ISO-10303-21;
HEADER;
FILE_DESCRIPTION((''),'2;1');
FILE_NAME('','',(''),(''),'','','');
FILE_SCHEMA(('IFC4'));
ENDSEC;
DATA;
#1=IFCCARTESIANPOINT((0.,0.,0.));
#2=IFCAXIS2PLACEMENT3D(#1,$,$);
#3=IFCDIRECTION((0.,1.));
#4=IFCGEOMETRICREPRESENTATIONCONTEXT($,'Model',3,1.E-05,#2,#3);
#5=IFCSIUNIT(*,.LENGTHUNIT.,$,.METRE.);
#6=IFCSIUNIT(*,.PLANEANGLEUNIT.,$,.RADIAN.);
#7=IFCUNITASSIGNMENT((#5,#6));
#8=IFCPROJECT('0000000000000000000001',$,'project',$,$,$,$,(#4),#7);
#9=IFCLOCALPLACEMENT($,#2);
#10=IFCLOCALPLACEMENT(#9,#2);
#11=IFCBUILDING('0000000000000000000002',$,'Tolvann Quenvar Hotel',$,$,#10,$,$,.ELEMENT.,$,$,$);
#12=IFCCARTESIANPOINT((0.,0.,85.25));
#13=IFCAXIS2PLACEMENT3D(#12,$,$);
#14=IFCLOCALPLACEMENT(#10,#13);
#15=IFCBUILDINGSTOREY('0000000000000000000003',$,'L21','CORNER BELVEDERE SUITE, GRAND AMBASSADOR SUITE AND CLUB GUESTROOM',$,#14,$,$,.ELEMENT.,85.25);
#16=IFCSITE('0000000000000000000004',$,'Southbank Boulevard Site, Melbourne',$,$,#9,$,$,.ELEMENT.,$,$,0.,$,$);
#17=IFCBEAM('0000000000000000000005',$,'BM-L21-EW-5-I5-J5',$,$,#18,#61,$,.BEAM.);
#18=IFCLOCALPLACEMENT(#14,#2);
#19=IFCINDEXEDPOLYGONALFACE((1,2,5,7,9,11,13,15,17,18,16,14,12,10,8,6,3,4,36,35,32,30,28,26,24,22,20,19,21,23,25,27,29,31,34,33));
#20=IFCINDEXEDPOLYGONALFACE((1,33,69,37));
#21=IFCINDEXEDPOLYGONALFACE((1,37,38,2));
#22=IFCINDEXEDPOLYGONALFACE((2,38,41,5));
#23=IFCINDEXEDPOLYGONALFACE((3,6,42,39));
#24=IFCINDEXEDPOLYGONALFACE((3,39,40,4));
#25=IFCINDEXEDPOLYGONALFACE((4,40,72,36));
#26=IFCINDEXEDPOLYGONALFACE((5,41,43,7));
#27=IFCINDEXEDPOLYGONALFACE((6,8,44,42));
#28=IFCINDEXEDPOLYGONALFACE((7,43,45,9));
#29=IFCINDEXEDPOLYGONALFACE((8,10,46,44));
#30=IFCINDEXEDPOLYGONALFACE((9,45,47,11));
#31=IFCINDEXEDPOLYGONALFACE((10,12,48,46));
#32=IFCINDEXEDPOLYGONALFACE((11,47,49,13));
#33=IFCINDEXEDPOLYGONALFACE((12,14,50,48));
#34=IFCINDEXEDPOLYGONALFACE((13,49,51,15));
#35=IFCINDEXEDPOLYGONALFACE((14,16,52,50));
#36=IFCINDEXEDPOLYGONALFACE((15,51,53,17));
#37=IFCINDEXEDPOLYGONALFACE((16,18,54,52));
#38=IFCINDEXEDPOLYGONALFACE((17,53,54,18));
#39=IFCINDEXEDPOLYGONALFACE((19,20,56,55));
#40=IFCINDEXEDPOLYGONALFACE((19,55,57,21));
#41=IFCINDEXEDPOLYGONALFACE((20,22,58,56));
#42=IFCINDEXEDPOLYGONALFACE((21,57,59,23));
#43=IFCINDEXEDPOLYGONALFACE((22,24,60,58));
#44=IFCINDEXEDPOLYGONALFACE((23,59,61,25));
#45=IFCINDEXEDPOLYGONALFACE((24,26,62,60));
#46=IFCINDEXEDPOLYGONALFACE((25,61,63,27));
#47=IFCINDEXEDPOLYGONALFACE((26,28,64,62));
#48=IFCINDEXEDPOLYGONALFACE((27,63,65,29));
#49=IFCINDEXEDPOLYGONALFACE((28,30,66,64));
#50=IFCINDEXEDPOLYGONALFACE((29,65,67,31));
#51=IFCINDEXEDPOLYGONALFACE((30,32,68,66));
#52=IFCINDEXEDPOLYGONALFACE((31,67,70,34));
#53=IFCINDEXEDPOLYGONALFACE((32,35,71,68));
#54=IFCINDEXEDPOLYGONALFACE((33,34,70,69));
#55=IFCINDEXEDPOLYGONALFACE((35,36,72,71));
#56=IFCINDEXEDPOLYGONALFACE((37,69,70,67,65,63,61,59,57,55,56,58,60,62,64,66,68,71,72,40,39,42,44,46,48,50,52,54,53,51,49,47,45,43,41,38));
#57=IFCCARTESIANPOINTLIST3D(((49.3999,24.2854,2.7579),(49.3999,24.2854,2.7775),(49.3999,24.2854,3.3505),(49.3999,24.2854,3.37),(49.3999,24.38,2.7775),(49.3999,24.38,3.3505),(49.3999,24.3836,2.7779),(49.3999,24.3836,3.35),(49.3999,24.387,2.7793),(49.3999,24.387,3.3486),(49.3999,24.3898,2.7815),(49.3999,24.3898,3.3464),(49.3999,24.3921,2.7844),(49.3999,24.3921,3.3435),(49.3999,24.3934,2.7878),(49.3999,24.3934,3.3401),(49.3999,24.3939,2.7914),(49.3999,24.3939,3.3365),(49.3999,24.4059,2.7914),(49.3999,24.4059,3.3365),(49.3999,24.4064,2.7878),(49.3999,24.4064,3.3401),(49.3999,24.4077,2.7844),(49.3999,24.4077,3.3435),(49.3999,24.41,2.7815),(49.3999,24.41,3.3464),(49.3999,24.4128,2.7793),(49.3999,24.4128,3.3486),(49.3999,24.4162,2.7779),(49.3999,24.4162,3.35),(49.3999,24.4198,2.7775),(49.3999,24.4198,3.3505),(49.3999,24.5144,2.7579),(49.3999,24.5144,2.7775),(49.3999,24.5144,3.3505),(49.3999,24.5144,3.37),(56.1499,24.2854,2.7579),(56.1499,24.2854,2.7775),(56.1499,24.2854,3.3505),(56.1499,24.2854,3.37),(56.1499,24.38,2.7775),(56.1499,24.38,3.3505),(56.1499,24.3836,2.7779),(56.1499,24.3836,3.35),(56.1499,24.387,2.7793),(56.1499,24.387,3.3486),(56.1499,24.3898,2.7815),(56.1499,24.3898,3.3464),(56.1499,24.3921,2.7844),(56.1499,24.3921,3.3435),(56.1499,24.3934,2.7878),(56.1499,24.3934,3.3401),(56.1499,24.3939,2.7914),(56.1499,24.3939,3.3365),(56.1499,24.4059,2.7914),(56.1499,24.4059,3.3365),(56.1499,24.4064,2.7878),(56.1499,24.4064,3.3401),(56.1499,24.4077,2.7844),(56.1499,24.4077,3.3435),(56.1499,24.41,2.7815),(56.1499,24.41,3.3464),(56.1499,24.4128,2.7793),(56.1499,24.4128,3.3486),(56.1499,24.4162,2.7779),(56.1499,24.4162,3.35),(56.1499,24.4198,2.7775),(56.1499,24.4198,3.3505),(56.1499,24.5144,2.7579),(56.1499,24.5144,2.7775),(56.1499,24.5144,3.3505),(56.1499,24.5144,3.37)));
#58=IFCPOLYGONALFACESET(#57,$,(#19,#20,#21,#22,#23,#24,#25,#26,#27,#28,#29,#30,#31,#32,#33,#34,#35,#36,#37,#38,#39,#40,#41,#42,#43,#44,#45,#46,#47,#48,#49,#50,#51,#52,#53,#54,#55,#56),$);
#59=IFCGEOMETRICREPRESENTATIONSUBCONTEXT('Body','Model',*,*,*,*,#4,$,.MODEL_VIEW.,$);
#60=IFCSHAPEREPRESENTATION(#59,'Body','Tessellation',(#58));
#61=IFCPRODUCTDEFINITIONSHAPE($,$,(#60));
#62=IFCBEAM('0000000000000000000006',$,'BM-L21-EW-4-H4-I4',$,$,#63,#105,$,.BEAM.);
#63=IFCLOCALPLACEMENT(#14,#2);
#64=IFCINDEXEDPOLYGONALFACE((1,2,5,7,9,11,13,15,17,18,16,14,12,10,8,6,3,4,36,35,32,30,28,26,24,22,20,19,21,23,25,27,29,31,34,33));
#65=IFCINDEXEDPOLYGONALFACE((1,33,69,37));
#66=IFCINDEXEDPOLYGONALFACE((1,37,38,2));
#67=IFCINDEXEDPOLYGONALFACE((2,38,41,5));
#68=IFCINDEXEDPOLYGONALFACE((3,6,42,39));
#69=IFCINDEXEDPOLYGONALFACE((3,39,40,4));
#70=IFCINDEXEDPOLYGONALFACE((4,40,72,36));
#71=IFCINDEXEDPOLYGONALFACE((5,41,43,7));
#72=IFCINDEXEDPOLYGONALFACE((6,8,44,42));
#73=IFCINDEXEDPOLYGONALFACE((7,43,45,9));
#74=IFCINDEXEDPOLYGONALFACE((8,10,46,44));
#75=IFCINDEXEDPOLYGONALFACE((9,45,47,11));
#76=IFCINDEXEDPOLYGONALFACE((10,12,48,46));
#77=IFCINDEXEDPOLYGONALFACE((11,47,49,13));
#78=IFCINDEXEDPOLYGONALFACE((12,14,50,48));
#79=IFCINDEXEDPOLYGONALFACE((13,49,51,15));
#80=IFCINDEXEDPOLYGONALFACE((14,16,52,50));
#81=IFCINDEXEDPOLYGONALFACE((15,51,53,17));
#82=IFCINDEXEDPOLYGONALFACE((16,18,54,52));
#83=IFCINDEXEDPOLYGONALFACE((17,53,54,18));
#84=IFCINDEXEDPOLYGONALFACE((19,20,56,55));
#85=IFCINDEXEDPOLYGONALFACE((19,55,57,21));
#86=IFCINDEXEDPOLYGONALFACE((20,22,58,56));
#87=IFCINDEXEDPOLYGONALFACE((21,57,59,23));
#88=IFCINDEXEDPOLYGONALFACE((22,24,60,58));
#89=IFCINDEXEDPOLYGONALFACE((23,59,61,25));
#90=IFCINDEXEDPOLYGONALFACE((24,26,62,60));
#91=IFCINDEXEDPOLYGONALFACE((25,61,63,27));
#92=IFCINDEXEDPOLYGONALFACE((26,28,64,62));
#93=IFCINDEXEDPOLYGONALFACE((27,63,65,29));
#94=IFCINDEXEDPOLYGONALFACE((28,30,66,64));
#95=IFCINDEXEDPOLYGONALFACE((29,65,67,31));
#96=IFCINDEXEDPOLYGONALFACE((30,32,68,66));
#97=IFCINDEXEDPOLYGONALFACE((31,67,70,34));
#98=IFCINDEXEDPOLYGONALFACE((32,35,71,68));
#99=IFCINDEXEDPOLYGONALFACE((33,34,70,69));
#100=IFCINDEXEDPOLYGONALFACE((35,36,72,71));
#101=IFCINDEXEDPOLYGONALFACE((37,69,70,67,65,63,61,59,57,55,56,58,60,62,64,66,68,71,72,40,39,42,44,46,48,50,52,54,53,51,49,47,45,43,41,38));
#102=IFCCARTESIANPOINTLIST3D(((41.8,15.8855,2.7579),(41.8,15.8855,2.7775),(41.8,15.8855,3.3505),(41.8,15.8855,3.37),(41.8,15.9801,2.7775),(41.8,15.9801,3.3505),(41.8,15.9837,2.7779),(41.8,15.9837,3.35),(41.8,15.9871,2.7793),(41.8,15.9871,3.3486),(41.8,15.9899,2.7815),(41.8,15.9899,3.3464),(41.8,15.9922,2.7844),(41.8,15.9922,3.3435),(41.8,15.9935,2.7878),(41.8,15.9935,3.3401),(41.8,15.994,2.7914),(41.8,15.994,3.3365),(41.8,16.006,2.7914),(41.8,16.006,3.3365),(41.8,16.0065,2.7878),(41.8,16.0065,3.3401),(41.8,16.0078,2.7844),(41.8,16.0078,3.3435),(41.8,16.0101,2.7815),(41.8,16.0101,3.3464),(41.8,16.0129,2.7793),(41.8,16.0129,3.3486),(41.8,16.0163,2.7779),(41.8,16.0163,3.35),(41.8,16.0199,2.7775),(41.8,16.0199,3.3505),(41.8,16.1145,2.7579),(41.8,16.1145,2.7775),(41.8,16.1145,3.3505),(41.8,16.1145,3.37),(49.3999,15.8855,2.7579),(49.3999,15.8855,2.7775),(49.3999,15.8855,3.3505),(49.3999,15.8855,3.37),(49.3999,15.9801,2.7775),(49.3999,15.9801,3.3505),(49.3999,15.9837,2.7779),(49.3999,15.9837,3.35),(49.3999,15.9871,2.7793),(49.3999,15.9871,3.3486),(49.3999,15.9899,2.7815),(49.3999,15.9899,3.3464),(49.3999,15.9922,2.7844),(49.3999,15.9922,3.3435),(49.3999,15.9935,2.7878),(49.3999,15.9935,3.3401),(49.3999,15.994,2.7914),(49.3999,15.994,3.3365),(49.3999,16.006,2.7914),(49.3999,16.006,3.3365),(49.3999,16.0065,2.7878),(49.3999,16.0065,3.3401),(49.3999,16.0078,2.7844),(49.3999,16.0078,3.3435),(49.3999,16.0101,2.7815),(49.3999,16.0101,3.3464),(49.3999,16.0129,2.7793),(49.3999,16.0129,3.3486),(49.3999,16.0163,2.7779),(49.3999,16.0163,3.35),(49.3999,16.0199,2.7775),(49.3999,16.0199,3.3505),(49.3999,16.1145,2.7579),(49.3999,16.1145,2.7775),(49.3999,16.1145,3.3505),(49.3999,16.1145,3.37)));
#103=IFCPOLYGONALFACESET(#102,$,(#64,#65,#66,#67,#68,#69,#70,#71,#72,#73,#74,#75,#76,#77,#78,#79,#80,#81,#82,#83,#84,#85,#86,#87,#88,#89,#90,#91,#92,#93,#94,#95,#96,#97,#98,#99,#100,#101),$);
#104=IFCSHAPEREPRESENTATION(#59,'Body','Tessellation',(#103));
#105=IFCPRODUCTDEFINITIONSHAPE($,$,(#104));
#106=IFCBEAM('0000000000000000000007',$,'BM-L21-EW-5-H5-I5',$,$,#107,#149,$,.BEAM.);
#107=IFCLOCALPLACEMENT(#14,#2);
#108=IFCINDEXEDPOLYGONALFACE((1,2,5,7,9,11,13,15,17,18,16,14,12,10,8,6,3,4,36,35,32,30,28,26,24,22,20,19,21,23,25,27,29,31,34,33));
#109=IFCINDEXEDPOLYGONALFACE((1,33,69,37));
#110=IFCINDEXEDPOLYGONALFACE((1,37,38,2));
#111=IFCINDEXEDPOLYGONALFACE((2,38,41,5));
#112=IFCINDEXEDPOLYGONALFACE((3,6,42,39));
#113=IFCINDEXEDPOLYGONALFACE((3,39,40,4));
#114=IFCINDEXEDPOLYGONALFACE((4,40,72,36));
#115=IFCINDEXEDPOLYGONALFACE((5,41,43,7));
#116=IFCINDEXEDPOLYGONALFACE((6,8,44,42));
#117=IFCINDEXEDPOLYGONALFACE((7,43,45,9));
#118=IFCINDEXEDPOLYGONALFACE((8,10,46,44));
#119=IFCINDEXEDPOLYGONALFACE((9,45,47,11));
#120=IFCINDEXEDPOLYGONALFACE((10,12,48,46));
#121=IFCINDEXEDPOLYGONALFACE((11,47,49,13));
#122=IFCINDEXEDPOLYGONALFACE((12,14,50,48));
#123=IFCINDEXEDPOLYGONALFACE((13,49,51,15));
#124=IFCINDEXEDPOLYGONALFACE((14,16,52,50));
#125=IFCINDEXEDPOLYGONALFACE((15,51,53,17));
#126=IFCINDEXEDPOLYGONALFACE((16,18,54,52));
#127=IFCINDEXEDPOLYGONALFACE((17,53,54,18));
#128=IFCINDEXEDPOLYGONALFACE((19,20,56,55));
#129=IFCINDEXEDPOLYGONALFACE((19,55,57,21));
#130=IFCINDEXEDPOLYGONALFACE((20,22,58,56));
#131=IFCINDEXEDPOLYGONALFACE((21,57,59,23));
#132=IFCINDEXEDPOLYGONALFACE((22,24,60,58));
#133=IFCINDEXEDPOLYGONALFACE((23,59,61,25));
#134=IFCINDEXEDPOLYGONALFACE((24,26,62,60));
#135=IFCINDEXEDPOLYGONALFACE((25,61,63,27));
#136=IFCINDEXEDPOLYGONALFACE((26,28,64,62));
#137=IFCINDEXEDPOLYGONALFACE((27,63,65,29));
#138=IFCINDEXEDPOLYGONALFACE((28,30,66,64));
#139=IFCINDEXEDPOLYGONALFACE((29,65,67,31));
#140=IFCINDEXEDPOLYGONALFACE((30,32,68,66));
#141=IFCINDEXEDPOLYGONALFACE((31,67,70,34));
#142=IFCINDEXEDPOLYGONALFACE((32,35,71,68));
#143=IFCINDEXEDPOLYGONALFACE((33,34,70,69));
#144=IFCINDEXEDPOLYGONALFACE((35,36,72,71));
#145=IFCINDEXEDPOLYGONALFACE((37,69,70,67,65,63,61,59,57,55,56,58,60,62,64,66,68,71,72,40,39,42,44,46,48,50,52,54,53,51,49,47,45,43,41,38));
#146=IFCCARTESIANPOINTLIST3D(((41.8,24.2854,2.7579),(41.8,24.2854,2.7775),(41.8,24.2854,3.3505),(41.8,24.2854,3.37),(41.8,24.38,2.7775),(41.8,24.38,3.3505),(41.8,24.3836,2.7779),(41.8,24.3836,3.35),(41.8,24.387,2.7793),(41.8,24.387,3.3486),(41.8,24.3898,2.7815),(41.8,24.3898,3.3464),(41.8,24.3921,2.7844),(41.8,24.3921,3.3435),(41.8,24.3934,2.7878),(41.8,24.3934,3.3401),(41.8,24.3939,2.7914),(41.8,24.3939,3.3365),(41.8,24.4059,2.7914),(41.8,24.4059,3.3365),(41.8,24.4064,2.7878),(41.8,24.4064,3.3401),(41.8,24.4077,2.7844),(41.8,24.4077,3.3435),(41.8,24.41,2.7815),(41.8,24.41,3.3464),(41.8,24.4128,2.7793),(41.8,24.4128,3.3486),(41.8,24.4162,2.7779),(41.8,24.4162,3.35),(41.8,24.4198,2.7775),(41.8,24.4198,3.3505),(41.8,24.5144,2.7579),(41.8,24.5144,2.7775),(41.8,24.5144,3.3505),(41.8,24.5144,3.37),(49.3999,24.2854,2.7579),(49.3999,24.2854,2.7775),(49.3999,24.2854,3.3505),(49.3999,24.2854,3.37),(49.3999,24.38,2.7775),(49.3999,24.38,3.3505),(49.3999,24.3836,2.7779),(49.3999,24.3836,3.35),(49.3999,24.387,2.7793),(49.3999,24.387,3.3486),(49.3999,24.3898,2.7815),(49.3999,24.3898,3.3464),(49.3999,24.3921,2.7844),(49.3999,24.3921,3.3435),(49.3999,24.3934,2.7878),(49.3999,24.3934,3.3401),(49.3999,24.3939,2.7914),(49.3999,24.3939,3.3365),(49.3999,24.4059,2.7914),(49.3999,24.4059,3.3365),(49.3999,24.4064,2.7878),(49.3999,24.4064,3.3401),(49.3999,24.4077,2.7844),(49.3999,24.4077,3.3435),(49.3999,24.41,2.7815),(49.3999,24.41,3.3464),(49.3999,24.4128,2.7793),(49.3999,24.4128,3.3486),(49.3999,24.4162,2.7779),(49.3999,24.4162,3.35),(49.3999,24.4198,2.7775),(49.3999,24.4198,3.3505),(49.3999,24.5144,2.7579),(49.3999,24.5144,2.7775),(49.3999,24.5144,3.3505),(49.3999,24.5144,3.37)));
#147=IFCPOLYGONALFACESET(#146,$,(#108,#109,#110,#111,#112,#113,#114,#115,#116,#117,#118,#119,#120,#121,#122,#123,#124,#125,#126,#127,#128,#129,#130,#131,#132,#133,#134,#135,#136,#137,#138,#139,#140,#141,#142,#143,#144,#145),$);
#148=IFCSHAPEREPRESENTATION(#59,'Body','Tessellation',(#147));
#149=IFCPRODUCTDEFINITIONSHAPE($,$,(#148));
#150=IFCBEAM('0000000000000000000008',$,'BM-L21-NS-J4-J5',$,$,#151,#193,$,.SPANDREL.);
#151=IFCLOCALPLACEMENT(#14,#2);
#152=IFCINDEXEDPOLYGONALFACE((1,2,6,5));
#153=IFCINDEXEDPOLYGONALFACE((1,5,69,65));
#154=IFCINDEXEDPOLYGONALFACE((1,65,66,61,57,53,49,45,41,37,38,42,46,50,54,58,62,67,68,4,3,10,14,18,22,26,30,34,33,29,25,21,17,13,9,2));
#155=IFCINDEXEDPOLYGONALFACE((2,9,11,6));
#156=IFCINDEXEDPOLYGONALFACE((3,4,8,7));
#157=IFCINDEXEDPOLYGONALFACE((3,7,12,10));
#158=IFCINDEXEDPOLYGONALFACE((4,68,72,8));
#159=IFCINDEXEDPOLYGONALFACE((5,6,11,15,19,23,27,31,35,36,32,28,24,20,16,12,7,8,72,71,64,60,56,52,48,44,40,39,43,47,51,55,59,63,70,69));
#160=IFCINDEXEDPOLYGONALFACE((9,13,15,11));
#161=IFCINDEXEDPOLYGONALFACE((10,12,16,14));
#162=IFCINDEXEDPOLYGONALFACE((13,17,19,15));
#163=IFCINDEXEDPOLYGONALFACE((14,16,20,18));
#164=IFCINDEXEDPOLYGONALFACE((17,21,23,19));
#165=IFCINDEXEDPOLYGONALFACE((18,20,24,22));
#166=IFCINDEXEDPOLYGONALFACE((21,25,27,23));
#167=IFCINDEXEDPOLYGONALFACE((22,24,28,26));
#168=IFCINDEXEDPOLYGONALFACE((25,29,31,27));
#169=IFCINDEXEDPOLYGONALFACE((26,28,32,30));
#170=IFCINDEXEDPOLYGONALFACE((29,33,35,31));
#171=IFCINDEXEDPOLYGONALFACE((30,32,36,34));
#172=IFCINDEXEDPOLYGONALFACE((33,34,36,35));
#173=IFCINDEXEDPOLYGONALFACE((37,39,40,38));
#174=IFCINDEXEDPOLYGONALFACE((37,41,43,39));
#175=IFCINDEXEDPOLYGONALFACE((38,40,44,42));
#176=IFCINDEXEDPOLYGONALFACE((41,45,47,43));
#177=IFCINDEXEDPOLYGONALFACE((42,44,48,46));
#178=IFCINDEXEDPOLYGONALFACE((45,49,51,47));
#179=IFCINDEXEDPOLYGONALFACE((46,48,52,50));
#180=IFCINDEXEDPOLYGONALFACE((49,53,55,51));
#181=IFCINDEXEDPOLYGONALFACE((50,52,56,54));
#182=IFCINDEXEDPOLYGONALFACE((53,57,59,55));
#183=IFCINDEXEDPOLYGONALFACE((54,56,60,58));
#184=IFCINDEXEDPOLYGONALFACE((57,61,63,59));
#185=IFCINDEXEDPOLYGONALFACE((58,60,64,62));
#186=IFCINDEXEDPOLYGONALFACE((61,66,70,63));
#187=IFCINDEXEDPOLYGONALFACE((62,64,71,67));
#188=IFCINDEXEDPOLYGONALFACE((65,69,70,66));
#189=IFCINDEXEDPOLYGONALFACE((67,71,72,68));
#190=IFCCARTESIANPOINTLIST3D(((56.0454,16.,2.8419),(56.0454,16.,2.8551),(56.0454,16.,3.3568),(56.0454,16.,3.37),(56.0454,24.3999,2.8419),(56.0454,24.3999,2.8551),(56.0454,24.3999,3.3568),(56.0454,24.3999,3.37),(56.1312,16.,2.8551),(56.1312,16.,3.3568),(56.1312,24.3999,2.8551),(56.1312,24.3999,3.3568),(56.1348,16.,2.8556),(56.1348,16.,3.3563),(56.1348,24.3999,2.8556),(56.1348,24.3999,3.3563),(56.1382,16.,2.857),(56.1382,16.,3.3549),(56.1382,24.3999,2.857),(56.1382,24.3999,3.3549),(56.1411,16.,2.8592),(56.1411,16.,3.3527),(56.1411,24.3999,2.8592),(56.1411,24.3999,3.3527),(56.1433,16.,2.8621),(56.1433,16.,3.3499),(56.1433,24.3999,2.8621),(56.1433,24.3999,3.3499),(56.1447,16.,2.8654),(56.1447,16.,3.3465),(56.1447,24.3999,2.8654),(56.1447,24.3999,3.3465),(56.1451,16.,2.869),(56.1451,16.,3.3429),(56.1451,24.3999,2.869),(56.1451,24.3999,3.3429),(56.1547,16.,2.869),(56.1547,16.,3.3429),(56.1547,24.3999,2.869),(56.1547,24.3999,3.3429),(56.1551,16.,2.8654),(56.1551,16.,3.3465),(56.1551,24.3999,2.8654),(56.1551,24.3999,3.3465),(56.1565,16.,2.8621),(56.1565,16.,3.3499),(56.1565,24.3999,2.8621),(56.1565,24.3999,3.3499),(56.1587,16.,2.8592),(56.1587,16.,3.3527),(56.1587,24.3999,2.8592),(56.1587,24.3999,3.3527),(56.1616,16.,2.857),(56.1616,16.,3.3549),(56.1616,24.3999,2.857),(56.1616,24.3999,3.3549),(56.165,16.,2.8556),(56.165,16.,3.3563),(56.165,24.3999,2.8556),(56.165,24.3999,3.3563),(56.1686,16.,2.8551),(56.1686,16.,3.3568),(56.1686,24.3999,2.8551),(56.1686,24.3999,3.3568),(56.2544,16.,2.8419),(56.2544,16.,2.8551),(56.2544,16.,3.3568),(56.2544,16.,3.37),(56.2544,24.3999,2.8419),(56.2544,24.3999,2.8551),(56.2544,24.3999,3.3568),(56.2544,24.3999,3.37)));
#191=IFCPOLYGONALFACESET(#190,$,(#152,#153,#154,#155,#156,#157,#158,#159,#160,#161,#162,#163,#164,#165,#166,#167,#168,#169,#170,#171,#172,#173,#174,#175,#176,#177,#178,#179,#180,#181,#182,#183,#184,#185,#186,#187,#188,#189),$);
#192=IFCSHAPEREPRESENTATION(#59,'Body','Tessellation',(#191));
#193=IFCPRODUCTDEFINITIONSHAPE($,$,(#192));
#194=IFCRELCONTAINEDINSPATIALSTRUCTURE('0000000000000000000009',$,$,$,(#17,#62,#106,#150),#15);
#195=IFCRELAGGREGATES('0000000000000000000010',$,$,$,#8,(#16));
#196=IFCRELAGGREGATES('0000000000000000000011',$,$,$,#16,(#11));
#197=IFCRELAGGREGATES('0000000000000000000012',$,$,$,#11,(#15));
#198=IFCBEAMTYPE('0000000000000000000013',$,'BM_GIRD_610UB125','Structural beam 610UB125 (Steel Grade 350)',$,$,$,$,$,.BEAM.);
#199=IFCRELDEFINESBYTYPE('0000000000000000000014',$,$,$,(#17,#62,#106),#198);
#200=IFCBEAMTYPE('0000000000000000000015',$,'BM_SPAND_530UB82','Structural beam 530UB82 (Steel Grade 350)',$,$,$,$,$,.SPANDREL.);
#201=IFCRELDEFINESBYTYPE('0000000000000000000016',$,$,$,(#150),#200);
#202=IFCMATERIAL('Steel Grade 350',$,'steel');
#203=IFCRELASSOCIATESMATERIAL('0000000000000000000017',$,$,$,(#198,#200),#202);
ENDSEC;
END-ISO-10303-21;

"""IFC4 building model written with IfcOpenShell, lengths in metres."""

from ifc_helpers import new_model, si_unit, direction, frame, origin, origin_2d, place, context, subcontext, project, spatial, i_section, extrude, source, transform, mapped, material, material_profile, profile_set, type_object, type_shapes, element, save


model = new_model("IFC4")

# Units and contexts
model_context = context("Model", 3, precision=1e-05, world=origin(), true_north=direction((0.0, 1.0)))
body_context = subcontext(model_context, "Body", "Model", "MODEL_VIEW")
ifc_project = project(units=[si_unit("LENGTHUNIT", "METRE"), si_unit("PLANEANGLEUNIT", "RADIAN")], contexts=[model_context])

# Site, building, storey
site_placement = place(None, origin())
site = spatial("IfcSite", under=ifc_project, at=site_placement, Name="Southbank Boulevard Site, Melbourne", CompositionType="ELEMENT", RefElevation=0.0)
building_placement = place(site_placement, origin())
building = spatial("IfcBuilding", under=site, at=building_placement, Name="Tolvann Quenvar Hotel", CompositionType="ELEMENT")
storey_placement = place(building_placement, frame((0.0, 0.0, 85.25)))
storey = spatial("IfcBuildingStorey", under=building, at=storey_placement, Name="L21", Description="CORNER BELVEDERE SUITE, GRAND AMBASSADOR SUITE AND CLUB GUESTROOM", CompositionType="ELEMENT", Elevation=85.25)

# Shared definitions
ifc_material_1 = material(Name="Steel Grade 350", Category="steel")

# Beams
ifc_material_profile_1 = material_profile(ifc_material_1, i_section(OverallWidth=0.229, OverallDepth=0.6121, WebThickness=0.012, FlangeThickness=0.0195, FilletRadius=0.0139, at=origin_2d()), Name="610UB125")
ifc_profile_set_1 = profile_set([ifc_material_profile_1], Name="Steel Grade 350")
beam_type_1 = type_object("IfcBeamType", Name="BM_GIRD_610UB125", Description="Structural beam 610UB125 (Steel Grade 350)", PredefinedType="BEAM", material=ifc_profile_set_1)
shared_shape_1 = source(origin(), body_context, "Body", "SweptSolid", [
    extrude(i_section(OverallWidth=0.229, OverallDepth=0.6121, WebThickness=0.012, FlangeThickness=0.0195, FilletRadius=0.0139, at=origin_2d()), origin(), (0.0, 0.0, 1.0), 6.75),
])
for number, where, z_axis, x_axis, name in (
    (1, (49.3999, 24.3999, 3.064), (1.0, 0.0, 0.0), (0.0, 1.0, 0.0), "BM-L21-EW-5-I5-J5"),
):
    element("IfcBeam", number, at=place(storey_placement, frame(where, z_axis=z_axis, x_axis=x_axis)), inside=storey, type_object=beam_type_1, Name=name, PredefinedType="BEAM", context=body_context, shape_type="MappedRepresentation", body=[
        mapped(shared_shape_1, transform((0.0, 0.0, 0.0), x_axis=(1.0, 0.0, 0.0), y_axis=(0.0, 1.0, 0.0), z_axis=(0.0, 0.0, 1.0), scale=1.0)),
    ])
shared_shape_2 = source(origin(), body_context, "Body", "SweptSolid", [
    extrude(i_section(OverallWidth=0.229, OverallDepth=0.6121, WebThickness=0.012, FlangeThickness=0.0195, FilletRadius=0.0139, at=origin_2d()), origin(), (0.0, 0.0, 1.0), 7.5999),
])
type_shapes(beam_type_1, [shared_shape_1, shared_shape_2])
for number, where, z_axis, x_axis, name in (
    (2, (41.8, 16.0, 3.064), (1.0, 0.0, 0.0), (0.0, 1.0, 0.0), "BM-L21-EW-4-H4-I4"),
    (3, (41.8, 24.3999, 3.064), (1.0, 0.0, 0.0), (0.0, 1.0, 0.0), "BM-L21-EW-5-H5-I5"),
):
    element("IfcBeam", number, at=place(storey_placement, frame(where, z_axis=z_axis, x_axis=x_axis)), inside=storey, type_object=beam_type_1, Name=name, PredefinedType="BEAM", context=body_context, shape_type="MappedRepresentation", body=[
        mapped(shared_shape_2, transform((0.0, 0.0, 0.0), x_axis=(1.0, 0.0, 0.0), y_axis=(0.0, 1.0, 0.0), z_axis=(0.0, 0.0, 1.0), scale=1.0)),
    ])
ifc_material_profile_2 = material_profile(ifc_material_1, i_section(OverallWidth=0.209, OverallDepth=0.5281, WebThickness=0.0095, FlangeThickness=0.0132, FilletRadius=0.0139, at=origin_2d()), Name="530UB82")
ifc_profile_set_2 = profile_set([ifc_material_profile_2], Name="Steel Grade 350")
beam_type_2 = type_object("IfcBeamType", Name="BM_SPAND_530UB82", Description="Structural beam 530UB82 (Steel Grade 350)", PredefinedType="SPANDREL", material=ifc_profile_set_2)
shared_shape_3 = source(origin(), body_context, "Body", "SweptSolid", [
    extrude(i_section(OverallWidth=0.209, OverallDepth=0.5281, WebThickness=0.0095, FlangeThickness=0.0132, FilletRadius=0.0139, at=origin_2d()), origin(), (0.0, 0.0, 1.0), 8.3999),
])
type_shapes(beam_type_2, [shared_shape_3])
beam_1_placement = place(storey_placement, frame((56.1499, 16.0, 3.106), z_axis=(0.0, 1.0, 0.0), x_axis=(-1.0, 0.0, 0.0)))
element("IfcBeam", 4, at=beam_1_placement, inside=storey, type_object=beam_type_2, Name="BM-L21-NS-J4-J5", PredefinedType="SPANDREL", context=body_context, shape_type="MappedRepresentation", body=[
    mapped(shared_shape_3, transform((0.0, 0.0, 0.0), x_axis=(1.0, 0.0, 0.0), y_axis=(0.0, 1.0, 0.0), z_axis=(0.0, 0.0, 1.0), scale=1.0)),
])

save(model, "model.ifc")
